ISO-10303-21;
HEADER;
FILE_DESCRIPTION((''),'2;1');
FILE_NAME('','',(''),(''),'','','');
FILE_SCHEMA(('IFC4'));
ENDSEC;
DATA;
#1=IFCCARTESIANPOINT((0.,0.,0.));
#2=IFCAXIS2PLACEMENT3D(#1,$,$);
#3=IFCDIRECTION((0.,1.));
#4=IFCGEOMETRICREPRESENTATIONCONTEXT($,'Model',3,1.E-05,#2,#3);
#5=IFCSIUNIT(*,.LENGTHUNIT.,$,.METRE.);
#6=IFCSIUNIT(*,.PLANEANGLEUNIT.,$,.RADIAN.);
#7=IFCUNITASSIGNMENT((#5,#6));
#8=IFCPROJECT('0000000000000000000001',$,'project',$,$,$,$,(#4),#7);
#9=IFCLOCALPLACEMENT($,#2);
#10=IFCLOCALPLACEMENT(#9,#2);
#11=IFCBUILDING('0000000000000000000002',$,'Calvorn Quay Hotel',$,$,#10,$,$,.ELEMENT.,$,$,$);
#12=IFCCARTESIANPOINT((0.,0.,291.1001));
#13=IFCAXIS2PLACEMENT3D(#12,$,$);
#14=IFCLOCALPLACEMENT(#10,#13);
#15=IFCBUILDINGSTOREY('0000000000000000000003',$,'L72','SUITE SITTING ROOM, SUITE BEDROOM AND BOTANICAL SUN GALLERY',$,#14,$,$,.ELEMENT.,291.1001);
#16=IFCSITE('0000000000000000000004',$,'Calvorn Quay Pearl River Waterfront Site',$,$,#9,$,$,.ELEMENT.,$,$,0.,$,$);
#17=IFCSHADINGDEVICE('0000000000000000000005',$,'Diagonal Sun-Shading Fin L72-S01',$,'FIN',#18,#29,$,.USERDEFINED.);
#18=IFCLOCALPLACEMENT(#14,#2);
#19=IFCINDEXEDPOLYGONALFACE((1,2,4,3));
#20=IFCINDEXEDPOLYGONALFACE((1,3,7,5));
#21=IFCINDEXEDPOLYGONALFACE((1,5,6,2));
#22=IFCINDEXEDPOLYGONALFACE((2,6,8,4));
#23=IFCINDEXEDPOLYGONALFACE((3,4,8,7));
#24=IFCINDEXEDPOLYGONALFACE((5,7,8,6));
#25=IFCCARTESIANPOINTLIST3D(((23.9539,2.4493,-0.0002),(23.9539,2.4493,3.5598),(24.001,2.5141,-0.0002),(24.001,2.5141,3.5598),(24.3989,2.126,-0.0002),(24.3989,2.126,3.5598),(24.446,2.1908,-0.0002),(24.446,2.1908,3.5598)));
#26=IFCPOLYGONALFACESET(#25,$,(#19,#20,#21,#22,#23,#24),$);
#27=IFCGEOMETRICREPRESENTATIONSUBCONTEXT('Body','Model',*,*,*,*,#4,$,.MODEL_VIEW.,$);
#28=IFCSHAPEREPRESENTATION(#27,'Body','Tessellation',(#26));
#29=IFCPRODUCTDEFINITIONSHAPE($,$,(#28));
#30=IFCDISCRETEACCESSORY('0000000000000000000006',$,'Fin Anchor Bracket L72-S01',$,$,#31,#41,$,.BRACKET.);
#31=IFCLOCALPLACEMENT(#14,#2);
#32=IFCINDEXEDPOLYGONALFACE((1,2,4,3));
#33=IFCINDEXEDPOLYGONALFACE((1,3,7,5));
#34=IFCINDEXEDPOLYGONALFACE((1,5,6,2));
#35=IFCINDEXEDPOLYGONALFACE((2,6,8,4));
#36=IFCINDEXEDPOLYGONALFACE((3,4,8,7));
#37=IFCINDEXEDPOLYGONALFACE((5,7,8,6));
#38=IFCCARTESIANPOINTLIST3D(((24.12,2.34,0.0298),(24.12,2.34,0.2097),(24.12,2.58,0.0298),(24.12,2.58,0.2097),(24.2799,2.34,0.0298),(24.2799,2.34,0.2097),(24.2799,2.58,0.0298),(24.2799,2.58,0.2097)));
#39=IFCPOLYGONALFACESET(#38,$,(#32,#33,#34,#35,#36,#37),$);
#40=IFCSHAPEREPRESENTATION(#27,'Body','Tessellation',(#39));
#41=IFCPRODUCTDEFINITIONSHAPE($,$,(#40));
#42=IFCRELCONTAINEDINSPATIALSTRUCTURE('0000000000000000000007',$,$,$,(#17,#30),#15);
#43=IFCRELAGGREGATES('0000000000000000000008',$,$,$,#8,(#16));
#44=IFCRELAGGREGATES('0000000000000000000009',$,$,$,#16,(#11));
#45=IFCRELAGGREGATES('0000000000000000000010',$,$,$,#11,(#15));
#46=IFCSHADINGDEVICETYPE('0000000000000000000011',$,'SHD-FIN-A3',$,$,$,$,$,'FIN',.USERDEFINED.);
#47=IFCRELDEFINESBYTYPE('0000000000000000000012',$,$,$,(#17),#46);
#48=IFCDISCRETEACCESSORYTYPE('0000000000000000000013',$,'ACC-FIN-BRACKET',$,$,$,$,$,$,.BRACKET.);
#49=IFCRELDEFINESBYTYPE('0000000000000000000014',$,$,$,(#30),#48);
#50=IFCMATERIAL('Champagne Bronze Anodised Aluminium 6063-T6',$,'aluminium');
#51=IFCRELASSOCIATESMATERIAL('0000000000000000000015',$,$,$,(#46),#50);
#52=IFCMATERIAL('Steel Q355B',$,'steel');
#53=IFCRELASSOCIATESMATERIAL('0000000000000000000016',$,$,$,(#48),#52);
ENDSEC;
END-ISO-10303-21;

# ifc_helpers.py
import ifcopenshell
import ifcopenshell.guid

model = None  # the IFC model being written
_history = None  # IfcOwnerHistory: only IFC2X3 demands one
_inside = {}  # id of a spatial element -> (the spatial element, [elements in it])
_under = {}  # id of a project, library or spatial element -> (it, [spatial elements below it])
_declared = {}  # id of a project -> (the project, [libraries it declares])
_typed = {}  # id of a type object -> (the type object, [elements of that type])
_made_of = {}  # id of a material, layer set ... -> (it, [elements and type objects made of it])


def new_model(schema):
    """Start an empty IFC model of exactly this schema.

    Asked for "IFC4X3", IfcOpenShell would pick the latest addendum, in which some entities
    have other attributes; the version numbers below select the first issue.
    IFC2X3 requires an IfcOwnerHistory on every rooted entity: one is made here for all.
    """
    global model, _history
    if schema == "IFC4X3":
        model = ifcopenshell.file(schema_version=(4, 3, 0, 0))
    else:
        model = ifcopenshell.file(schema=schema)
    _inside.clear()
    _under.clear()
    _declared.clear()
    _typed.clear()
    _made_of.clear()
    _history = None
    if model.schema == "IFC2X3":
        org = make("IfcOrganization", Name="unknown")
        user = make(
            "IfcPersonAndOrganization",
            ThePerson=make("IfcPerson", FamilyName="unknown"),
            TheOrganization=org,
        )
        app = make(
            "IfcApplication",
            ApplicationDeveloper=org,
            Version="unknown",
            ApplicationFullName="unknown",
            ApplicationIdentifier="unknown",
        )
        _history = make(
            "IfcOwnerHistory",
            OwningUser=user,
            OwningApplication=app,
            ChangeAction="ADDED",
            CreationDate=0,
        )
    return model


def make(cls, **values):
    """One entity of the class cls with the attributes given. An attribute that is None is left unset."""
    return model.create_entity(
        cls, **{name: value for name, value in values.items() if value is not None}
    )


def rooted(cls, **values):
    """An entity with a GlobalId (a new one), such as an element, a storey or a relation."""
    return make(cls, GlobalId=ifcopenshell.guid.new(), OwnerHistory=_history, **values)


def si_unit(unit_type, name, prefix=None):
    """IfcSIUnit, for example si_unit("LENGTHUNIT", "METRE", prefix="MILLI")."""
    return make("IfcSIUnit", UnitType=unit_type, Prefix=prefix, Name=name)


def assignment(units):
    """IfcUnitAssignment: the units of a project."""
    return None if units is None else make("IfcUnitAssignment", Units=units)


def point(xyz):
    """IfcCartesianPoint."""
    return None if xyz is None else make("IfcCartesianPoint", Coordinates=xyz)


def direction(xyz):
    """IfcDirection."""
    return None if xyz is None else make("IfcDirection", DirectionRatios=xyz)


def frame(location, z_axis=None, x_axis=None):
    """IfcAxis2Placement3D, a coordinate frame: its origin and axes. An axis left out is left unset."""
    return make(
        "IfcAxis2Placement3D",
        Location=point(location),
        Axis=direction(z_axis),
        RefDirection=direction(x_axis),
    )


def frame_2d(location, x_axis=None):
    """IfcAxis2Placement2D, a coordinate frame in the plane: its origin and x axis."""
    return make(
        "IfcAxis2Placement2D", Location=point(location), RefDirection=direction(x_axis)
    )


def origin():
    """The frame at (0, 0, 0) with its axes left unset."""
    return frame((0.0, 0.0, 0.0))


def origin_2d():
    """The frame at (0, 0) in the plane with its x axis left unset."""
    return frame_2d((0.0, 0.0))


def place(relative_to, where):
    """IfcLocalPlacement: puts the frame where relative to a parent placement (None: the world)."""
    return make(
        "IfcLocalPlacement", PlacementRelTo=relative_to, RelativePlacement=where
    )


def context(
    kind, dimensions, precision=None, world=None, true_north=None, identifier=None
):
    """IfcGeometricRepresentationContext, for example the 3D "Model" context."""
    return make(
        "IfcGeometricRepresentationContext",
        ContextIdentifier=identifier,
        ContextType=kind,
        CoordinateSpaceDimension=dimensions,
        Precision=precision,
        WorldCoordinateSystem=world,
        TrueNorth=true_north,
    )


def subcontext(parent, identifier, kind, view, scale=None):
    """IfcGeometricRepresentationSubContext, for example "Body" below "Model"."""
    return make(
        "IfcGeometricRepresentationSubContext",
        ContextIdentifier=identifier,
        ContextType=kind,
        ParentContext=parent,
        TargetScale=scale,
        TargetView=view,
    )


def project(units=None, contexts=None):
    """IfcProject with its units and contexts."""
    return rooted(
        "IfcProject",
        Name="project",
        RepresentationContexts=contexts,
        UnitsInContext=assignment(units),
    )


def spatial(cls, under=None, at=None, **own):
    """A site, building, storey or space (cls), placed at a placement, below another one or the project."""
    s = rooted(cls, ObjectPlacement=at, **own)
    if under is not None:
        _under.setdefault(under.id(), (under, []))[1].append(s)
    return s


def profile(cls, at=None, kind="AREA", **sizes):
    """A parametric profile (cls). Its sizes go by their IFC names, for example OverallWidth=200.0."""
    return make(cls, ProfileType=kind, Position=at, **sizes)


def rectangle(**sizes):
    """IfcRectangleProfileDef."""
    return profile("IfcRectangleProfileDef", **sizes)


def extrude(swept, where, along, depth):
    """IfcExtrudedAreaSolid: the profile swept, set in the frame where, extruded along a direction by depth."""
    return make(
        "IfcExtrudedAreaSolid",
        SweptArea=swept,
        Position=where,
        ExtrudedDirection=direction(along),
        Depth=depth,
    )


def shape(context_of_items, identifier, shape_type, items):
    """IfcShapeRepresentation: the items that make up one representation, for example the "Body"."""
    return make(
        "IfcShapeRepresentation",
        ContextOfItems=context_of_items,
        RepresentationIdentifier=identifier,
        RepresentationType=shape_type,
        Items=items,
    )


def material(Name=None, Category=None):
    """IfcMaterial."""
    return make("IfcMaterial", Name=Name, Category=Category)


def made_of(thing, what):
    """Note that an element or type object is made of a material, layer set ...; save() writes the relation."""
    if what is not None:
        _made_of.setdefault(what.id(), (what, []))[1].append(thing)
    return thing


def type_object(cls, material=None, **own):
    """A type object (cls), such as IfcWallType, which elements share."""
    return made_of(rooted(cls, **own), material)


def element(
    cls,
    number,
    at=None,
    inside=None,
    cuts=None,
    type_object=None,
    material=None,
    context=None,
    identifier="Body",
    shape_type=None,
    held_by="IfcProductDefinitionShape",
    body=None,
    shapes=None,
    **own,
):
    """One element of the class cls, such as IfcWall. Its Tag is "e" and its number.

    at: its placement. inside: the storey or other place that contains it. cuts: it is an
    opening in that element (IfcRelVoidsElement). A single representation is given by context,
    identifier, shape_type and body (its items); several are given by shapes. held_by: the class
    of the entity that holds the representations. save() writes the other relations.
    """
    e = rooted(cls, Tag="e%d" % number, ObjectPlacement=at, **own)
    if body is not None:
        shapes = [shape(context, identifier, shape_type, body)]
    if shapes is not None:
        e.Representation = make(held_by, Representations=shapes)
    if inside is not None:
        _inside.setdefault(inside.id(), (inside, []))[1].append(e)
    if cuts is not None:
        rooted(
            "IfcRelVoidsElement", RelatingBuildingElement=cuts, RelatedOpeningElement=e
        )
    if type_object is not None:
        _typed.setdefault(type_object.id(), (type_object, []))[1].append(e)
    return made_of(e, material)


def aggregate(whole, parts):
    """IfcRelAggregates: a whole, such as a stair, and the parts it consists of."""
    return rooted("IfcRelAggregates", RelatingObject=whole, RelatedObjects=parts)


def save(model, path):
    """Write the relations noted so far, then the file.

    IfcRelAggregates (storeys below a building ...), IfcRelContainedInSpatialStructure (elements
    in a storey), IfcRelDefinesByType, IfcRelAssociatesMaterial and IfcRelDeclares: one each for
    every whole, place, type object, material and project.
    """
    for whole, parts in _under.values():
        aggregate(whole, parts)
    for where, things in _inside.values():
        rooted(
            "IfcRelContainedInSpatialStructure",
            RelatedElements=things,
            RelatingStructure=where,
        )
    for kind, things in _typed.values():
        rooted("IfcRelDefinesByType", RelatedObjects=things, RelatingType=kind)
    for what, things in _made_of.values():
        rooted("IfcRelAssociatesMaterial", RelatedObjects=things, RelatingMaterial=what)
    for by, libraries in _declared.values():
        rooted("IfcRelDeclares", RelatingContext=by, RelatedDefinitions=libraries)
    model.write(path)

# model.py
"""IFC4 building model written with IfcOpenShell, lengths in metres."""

from ifc_helpers import new_model, si_unit, direction, frame, origin, origin_2d, place, context, subcontext, project, spatial, rectangle, extrude, material, type_object, element, save


model = new_model("IFC4")

# Units and contexts
model_context = context("Model", 3, precision=1e-05, world=origin(), true_north=direction((0.0, 1.0)))
body_context = subcontext(model_context, "Body", "Model", "MODEL_VIEW")
ifc_project = project(units=[si_unit("LENGTHUNIT", "METRE"), si_unit("PLANEANGLEUNIT", "RADIAN")], contexts=[model_context])

# Site, building, storey
site_placement = place(None, origin())
site = spatial("IfcSite", under=ifc_project, at=site_placement, Name="Calvorn Quay Pearl River Waterfront Site", CompositionType="ELEMENT", RefElevation=0.0)
building_placement = place(site_placement, origin())
building = spatial("IfcBuilding", under=site, at=building_placement, Name="Calvorn Quay Hotel", CompositionType="ELEMENT")
storey_placement = place(building_placement, frame((0.0, 0.0, 291.1001)))
storey = spatial("IfcBuildingStorey", under=building, at=storey_placement, Name="L72", Description="SUITE SITTING ROOM, SUITE BEDROOM AND BOTANICAL SUN GALLERY", CompositionType="ELEMENT", Elevation=291.1001)

# Shading device
ifc_material_1 = material(Name="Champagne Bronze Anodised Aluminium 6063-T6", Category="aluminium")
shading_device_type = type_object("IfcShadingDeviceType", Name="SHD-FIN-A3", ElementType="FIN", PredefinedType="USERDEFINED", material=ifc_material_1)
shading_device_placement = place(storey_placement, frame((24.2, 2.3201, -0.0002), z_axis=(0.0, 0.0, 1.0), x_axis=(-0.809017, 0.587785, 0.0)))
element("IfcShadingDevice", 1, at=shading_device_placement, inside=storey, type_object=shading_device_type, Name="Diagonal Sun-Shading Fin L72-S01", ObjectType="FIN", PredefinedType="USERDEFINED", context=body_context, shape_type="SweptSolid", body=[
    extrude(rectangle(XDim=0.55, YDim=0.0801, at=origin_2d()), origin(), (0.0, 0.0, 1.0), 3.5601),
])

# Discrete accessory
ifc_material_2 = material(Name="Steel Q355B", Category="steel")
discrete_accessory_type = type_object("IfcDiscreteAccessoryType", Name="ACC-FIN-BRACKET", PredefinedType="BRACKET", material=ifc_material_2)
discrete_accessory_placement = place(storey_placement, frame((24.2, 2.46, 0.0298), z_axis=(0.0, 0.0, 1.0), x_axis=(0.0, 1.0, 0.0)))
element("IfcDiscreteAccessory", 2, at=discrete_accessory_placement, inside=storey, type_object=discrete_accessory_type, Name="Fin Anchor Bracket L72-S01", PredefinedType="BRACKET", context=body_context, shape_type="SweptSolid", body=[
    extrude(rectangle(XDim=0.24, YDim=0.1599, at=origin_2d()), origin(), (0.0, 0.0, 1.0), 0.1799),
])

save(model, "model.ifc")
